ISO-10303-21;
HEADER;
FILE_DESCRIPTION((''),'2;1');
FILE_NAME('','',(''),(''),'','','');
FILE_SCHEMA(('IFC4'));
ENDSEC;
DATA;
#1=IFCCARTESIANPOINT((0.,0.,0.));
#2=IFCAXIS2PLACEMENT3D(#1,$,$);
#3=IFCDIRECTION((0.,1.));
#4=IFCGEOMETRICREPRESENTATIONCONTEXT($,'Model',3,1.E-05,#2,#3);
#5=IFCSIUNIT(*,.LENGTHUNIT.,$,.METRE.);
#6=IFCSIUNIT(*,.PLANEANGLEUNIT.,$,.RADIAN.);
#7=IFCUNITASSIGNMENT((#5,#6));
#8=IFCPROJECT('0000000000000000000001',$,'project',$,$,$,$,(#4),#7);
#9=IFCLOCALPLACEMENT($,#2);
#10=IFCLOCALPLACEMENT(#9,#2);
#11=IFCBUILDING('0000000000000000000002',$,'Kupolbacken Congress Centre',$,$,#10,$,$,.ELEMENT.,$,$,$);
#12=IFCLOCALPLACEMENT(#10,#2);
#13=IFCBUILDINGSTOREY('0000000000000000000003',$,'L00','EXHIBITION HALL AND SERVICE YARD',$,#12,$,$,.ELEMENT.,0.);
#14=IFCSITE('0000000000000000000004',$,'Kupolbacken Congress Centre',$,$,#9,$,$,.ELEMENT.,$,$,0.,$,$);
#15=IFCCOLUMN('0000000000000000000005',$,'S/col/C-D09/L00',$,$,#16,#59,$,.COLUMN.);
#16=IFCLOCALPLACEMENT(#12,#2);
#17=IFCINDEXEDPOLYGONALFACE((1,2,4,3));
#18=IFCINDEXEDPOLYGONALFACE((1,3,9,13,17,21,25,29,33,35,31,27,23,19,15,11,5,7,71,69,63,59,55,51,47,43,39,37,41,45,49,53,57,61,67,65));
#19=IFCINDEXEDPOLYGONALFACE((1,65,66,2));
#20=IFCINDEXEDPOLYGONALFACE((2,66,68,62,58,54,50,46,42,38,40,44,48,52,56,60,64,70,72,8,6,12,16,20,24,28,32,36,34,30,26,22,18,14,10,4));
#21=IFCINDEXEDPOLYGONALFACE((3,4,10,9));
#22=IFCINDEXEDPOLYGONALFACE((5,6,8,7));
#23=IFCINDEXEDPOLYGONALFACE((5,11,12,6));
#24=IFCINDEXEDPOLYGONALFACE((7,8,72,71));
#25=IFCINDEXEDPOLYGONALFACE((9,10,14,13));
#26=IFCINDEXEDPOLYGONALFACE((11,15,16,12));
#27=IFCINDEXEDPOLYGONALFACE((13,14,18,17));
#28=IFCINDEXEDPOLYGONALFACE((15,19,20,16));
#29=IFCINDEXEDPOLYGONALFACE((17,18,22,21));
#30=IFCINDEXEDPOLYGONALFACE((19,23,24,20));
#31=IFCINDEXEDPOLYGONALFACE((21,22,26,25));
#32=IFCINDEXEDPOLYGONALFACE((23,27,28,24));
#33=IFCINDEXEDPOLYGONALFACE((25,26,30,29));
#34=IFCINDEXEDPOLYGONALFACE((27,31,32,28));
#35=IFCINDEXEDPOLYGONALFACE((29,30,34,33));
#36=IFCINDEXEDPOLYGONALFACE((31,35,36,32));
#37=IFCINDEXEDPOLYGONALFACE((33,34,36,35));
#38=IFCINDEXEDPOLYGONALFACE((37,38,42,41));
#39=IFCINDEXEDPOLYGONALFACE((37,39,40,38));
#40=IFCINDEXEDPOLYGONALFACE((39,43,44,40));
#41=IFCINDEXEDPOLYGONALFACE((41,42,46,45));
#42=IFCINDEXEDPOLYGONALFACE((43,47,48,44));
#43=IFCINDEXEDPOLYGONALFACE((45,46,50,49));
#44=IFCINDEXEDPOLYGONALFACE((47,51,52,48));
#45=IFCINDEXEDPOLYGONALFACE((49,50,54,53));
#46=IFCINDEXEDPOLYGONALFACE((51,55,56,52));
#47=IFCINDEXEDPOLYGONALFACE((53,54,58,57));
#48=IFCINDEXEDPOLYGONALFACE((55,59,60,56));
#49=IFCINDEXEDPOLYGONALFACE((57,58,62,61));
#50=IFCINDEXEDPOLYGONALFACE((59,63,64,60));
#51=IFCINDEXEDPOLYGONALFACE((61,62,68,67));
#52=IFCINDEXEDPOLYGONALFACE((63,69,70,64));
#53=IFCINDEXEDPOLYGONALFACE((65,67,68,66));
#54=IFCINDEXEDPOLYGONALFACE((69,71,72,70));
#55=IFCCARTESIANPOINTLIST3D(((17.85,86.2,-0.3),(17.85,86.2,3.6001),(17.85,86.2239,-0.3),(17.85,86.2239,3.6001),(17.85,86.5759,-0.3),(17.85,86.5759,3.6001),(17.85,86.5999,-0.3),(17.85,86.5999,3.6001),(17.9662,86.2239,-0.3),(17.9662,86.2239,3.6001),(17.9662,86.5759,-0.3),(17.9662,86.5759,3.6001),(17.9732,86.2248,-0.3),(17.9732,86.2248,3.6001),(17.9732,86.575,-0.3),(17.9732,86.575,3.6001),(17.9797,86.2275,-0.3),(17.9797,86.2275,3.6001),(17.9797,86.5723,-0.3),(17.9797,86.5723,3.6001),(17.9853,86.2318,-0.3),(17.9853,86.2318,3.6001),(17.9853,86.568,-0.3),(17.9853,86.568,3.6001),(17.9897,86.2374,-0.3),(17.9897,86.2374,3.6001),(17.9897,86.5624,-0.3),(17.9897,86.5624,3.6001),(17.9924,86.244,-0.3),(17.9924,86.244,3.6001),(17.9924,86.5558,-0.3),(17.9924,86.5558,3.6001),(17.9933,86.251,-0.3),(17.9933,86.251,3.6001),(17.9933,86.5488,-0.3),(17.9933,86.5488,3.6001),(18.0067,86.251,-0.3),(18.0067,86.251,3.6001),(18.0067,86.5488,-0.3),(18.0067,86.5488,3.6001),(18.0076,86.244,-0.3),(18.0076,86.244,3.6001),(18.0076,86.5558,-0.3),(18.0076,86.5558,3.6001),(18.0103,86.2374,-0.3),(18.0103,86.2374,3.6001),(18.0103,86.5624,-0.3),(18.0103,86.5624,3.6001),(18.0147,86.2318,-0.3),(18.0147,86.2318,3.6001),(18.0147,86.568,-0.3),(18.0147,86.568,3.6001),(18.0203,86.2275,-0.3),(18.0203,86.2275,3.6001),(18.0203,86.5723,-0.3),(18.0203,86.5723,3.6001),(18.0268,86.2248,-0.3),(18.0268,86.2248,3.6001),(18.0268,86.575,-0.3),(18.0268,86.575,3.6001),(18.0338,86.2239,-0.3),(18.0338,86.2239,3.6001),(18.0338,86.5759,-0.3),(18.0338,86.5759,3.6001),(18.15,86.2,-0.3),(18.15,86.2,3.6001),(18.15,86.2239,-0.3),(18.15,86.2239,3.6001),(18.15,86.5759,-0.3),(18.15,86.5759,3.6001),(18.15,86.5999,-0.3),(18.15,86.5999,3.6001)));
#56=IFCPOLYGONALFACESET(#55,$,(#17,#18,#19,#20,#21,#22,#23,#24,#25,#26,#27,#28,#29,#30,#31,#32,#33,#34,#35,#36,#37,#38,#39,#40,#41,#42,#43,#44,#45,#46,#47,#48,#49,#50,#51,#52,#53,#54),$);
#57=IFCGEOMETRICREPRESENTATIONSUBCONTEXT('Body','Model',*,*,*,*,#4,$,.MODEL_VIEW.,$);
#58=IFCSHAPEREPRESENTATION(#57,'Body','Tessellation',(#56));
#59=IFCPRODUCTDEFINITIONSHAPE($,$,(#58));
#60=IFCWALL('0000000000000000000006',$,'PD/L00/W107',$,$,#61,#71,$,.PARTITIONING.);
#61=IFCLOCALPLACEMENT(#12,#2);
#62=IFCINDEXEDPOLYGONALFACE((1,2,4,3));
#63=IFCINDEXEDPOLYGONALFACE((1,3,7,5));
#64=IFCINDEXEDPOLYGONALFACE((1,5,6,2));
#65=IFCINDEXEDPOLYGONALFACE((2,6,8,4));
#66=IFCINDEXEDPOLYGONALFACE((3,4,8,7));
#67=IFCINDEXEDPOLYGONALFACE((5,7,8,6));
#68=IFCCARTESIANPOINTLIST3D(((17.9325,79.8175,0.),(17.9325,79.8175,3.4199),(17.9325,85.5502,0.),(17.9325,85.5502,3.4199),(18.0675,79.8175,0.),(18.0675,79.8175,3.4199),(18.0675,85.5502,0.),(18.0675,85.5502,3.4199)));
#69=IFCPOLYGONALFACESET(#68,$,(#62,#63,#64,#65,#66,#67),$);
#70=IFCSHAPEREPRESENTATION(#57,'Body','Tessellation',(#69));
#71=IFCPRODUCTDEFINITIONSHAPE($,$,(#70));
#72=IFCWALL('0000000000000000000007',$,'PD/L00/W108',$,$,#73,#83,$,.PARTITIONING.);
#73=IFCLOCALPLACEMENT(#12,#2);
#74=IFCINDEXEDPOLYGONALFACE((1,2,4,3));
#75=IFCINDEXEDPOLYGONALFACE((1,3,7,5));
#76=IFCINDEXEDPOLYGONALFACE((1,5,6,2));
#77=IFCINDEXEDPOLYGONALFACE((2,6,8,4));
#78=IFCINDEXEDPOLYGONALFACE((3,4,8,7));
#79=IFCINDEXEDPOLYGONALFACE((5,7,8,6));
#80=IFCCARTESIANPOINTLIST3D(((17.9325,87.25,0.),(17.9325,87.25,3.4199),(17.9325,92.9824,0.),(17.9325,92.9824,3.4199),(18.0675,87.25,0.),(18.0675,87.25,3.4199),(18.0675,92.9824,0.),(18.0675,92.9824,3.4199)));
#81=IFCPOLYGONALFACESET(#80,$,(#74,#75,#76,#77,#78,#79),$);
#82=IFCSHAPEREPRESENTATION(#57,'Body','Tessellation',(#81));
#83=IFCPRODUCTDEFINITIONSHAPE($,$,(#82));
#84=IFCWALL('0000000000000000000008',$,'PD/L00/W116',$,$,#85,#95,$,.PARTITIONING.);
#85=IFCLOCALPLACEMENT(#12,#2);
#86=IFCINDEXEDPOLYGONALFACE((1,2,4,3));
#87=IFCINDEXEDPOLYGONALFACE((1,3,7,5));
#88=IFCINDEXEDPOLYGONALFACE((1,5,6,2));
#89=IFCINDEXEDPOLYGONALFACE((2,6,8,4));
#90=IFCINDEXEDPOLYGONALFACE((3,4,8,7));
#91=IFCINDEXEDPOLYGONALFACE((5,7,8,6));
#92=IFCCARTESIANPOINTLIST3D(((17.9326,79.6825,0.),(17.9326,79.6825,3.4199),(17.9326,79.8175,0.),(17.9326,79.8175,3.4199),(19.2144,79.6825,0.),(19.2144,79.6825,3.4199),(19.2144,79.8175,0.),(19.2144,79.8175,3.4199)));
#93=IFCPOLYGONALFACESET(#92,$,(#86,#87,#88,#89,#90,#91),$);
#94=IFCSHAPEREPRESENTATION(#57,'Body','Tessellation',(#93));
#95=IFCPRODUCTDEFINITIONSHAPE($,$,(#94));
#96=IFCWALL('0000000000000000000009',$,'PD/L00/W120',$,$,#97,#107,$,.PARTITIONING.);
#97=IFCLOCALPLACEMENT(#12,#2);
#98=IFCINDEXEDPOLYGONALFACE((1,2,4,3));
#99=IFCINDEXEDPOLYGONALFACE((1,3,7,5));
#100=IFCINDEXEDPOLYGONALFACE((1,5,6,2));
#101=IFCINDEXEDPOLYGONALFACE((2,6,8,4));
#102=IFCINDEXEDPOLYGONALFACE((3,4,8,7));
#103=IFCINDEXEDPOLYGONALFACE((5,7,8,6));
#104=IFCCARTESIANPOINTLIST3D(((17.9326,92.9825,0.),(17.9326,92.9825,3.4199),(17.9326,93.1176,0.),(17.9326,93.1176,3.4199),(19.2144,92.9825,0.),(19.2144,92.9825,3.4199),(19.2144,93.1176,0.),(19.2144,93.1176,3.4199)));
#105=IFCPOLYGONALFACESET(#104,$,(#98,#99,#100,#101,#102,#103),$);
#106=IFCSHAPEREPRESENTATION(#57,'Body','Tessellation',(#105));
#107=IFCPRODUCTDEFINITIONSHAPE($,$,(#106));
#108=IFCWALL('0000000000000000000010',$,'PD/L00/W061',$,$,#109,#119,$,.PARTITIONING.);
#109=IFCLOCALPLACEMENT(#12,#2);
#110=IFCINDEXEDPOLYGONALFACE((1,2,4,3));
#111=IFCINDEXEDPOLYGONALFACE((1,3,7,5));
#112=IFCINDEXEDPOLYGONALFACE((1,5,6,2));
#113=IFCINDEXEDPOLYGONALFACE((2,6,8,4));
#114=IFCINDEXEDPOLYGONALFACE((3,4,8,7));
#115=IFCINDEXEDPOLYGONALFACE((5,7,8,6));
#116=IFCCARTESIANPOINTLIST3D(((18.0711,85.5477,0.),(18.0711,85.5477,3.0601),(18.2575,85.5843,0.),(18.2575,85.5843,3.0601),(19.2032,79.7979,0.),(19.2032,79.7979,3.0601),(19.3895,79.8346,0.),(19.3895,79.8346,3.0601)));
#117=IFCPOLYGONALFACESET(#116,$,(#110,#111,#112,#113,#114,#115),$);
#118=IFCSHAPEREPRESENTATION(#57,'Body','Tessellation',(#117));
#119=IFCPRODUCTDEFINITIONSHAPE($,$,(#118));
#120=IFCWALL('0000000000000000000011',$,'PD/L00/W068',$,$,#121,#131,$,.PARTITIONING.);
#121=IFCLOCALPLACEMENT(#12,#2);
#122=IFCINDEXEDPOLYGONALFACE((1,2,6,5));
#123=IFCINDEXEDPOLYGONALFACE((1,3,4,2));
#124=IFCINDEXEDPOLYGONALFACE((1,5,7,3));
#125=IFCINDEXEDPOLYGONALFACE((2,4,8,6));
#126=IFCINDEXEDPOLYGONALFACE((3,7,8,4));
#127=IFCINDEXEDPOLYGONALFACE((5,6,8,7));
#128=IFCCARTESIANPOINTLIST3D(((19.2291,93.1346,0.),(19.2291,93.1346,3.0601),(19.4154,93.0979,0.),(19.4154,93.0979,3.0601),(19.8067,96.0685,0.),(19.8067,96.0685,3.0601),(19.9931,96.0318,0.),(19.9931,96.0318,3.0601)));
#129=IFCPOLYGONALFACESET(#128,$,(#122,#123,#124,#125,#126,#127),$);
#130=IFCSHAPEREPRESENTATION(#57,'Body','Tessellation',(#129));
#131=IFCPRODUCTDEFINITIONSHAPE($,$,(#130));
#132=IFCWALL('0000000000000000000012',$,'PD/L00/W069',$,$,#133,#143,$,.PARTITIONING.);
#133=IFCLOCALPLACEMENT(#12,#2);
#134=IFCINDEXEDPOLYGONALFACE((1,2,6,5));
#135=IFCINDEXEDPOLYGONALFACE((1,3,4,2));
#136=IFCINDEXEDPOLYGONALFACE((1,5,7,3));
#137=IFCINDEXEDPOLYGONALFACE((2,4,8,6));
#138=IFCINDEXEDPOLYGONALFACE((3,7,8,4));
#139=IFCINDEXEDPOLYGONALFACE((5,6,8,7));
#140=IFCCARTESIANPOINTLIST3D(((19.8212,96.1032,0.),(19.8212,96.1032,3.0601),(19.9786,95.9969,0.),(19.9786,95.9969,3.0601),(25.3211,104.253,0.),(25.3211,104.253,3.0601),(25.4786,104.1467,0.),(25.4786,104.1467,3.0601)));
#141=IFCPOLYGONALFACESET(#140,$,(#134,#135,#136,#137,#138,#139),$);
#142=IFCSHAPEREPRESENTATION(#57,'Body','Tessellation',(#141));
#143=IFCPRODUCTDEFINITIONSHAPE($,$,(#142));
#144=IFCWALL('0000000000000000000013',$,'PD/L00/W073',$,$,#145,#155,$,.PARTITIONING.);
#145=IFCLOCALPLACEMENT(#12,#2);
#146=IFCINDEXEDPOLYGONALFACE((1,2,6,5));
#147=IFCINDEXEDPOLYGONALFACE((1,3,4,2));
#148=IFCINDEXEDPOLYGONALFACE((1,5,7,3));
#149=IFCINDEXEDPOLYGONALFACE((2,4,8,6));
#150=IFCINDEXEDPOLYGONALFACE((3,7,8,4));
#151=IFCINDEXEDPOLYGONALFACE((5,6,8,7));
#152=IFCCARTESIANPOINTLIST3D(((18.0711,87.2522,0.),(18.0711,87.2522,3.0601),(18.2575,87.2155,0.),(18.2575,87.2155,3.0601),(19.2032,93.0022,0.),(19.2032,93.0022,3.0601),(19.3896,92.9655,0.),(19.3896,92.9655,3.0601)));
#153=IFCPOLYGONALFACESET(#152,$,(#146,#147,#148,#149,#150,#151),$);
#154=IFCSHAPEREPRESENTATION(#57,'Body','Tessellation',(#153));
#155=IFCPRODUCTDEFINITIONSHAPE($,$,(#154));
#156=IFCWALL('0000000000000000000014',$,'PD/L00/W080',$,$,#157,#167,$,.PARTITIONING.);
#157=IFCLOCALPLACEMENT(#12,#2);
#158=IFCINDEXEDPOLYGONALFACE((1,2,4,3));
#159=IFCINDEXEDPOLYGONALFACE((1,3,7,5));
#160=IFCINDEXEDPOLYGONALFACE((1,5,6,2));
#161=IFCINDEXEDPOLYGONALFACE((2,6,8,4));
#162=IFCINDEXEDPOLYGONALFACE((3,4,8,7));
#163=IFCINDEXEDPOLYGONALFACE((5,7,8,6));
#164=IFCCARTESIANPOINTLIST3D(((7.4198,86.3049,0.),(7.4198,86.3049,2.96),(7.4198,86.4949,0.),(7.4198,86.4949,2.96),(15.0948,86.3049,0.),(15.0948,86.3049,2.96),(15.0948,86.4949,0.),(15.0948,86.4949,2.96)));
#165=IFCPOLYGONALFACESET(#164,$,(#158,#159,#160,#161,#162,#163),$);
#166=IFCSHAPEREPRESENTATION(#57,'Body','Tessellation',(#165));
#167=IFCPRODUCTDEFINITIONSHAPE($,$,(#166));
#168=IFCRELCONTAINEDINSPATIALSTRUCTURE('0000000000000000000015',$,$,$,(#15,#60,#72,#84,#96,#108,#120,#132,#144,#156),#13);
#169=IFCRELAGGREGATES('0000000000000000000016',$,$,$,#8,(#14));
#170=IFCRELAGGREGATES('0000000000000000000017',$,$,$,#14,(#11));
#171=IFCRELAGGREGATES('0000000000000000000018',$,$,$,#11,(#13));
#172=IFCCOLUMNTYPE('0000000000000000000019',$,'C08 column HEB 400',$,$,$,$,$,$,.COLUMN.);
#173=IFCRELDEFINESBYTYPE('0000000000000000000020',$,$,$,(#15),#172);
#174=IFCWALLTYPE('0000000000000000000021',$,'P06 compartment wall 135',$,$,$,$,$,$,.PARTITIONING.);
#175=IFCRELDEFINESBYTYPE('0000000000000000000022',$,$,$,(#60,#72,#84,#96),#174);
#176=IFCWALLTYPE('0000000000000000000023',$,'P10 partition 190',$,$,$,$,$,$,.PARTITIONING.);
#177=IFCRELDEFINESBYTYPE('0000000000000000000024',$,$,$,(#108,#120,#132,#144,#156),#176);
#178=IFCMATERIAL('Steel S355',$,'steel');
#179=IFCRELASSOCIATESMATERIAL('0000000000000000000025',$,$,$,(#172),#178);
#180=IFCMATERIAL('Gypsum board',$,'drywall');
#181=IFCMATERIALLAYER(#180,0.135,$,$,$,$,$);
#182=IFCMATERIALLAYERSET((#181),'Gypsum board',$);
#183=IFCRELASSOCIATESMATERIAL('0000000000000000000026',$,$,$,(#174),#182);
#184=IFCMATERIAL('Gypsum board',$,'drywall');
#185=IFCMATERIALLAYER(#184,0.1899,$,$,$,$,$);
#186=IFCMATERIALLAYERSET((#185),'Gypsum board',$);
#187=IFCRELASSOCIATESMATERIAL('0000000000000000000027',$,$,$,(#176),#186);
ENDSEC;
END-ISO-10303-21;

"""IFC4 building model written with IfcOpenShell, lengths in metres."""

from ifc_helpers import new_model, si_unit, direction, frame, frame_2d, origin, origin_2d, place, context, subcontext, project, spatial, rectangle, i_section, extrude, material, layer, layer_set, material_profile, profile_set, type_object, element, save


model = new_model("IFC4")

# Units and contexts
model_context = context("Model", 3, precision=1e-05, world=origin(), true_north=direction((0.0, 1.0)))
body_context = subcontext(model_context, "Body", "Model", "MODEL_VIEW")
ifc_project = project(units=[si_unit("LENGTHUNIT", "METRE"), si_unit("PLANEANGLEUNIT", "RADIAN")], contexts=[model_context])

# Site, building, storey
site_placement = place(None, origin())
site = spatial("IfcSite", under=ifc_project, at=site_placement, Name="Kupolbacken Congress Centre", CompositionType="ELEMENT", RefElevation=0.0)
building_placement = place(site_placement, origin())
building = spatial("IfcBuilding", under=site, at=building_placement, Name="Kupolbacken Congress Centre", CompositionType="ELEMENT")
storey_placement = place(building_placement, origin())
storey = spatial("IfcBuildingStorey", under=building, at=storey_placement, Name="L00", Description="EXHIBITION HALL AND SERVICE YARD", CompositionType="ELEMENT", Elevation=0.0)

# Column
ifc_material_1 = material(Name="Steel S355", Category="steel")
ifc_material_profile_1 = material_profile(ifc_material_1, i_section(OverallWidth=0.3, OverallDepth=0.3999, WebThickness=0.0134, FlangeThickness=0.0239, FilletRadius=0.0271, at=origin_2d()), Name="HEB 400")
ifc_profile_set_1 = profile_set([ifc_material_profile_1], Name="Steel S355")
column_type_1 = type_object("IfcColumnType", Name="C08 column HEB 400", PredefinedType="COLUMN", material=ifc_profile_set_1)
for number, where, z_axis, x_axis, name in (
    (1, (18.0, 86.3999, -0.3), (0.0, 0.0, 1.0), (-1.0, 0.0, 0.0), "S/col/C-D09/L00"),
):
    element("IfcColumn", number, at=place(storey_placement, frame(where, z_axis=z_axis, x_axis=x_axis)), inside=storey, type_object=column_type_1, Name=name, PredefinedType="COLUMN", context=body_context, shape_type="SweptSolid", body=[
        extrude(i_section(OverallWidth=0.3, OverallDepth=0.3999, WebThickness=0.0134, FlangeThickness=0.0239, FilletRadius=0.0271, at=origin_2d()), origin(), (0.0, 0.0, 1.0), 3.9001),
    ])

# Walls
ifc_material_2 = material(Name="Gypsum board", Category="drywall")
ifc_layer_1 = layer(ifc_material_2, 0.135)
ifc_layer_set_1 = layer_set([ifc_layer_1], Name="Gypsum board")
wall_type_1 = type_object("IfcWallType", Name="P06 compartment wall 135", PredefinedType="PARTITIONING", material=ifc_layer_set_1)
wall_1_placement = place(storey_placement, frame((18.0, 85.55, 0.0), z_axis=(0.0, 0.0, 1.0), x_axis=(0.0, -1.0, 0.0)))
element("IfcWall", 2, at=wall_1_placement, inside=storey, type_object=wall_type_1, Name="PD/L00/W107", PredefinedType="PARTITIONING", context=body_context, shape_type="SweptSolid", body=[
    extrude(rectangle(XDim=5.7327, YDim=0.135, at=frame_2d((2.8662, 0.0))), origin(), (0.0, 0.0, 1.0), 3.4199),
])
wall_2_placement = place(storey_placement, frame((18.0, 92.9824, 0.0), z_axis=(0.0, 0.0, 1.0), x_axis=(0.0, -1.0, 0.0)))
element("IfcWall", 3, at=wall_2_placement, inside=storey, type_object=wall_type_1, Name="PD/L00/W108", PredefinedType="PARTITIONING", context=body_context, shape_type="SweptSolid", body=[
    extrude(rectangle(XDim=5.7324, YDim=0.135, at=frame_2d((2.8662, 0.0))), origin(), (0.0, 0.0, 1.0), 3.4199),
])
for number, where, z_axis, x_axis, name in (
    (4, (17.9326, 79.75, 0.0), (0.0, 0.0, 1.0), (1.0, 0.0, 0.0), "PD/L00/W116"),
    (5, (19.2144, 93.05, 0.0), (0.0, 0.0, 1.0), (-1.0, 0.0, 0.0), "PD/L00/W120"),
):
    element("IfcWall", number, at=place(storey_placement, frame(where, z_axis=z_axis, x_axis=x_axis)), inside=storey, type_object=wall_type_1, Name=name, PredefinedType="PARTITIONING", context=body_context, shape_type="SweptSolid", body=[
        extrude(rectangle(XDim=1.2817, YDim=0.135, at=frame_2d((0.6409, 0.0))), origin(), (0.0, 0.0, 1.0), 3.4199),
    ])
ifc_material_3 = material(Name="Gypsum board", Category="drywall")
ifc_layer_2 = layer(ifc_material_3, 0.1899)
ifc_layer_set_2 = layer_set([ifc_layer_2], Name="Gypsum board")
wall_type_2 = type_object("IfcWallType", Name="P10 partition 190", PredefinedType="PARTITIONING", material=ifc_layer_set_2)
wall_3_placement = place(storey_placement, frame((19.2964, 79.8162, 0.0), z_axis=(0.0, 0.0, 1.0), x_axis=(-0.193183, 0.981163, 0.0)))
element("IfcWall", 6, at=wall_3_placement, inside=storey, type_object=wall_type_2, Name="PD/L00/W061", PredefinedType="PARTITIONING", context=body_context, shape_type="SweptSolid", body=[
    extrude(rectangle(XDim=5.8601, YDim=0.1899, at=frame_2d((2.9302, 0.0))), origin(), (0.0, 0.0, 1.0), 3.0601),
])
wall_4_placement = place(storey_placement, frame((19.3223, 93.1162, 0.0), z_axis=(0.0, 0.0, 1.0), x_axis=(0.193179, 0.981164, 0.0)))
element("IfcWall", 7, at=wall_4_placement, inside=storey, type_object=wall_type_2, Name="PD/L00/W068", PredefinedType="PARTITIONING", context=body_context, shape_type="SweptSolid", body=[
    extrude(rectangle(XDim=2.9902, YDim=0.1899, at=frame_2d((1.4951, 0.0))), origin(), (0.0, 0.0, 1.0), 3.0601),
])
wall_5_placement = place(storey_placement, frame((19.8999, 96.05, 0.0), z_axis=(0.0, 0.0, 1.0), x_axis=(0.55939, 0.828905, 0.0)))
element("IfcWall", 8, at=wall_5_placement, inside=storey, type_object=wall_type_2, Name="PD/L00/W069", PredefinedType="PARTITIONING", context=body_context, shape_type="SweptSolid", body=[
    extrude(rectangle(XDim=9.832, YDim=0.1899, at=frame_2d((4.916, 0.0))), origin(), (0.0, 0.0, 1.0), 3.0601),
])
wall_6_placement = place(storey_placement, frame((18.1643, 87.2339, 0.0), z_axis=(0.0, 0.0, 1.0), x_axis=(0.193175, 0.981164, 0.0)))
element("IfcWall", 9, at=wall_6_placement, inside=storey, type_object=wall_type_2, Name="PD/L00/W073", PredefinedType="PARTITIONING", context=body_context, shape_type="SweptSolid", body=[
    extrude(rectangle(XDim=5.8604, YDim=0.1899, at=frame_2d((2.9302, 0.0))), origin(), (0.0, 0.0, 1.0), 3.0601),
])
wall_7_placement = place(storey_placement, frame((7.4199, 86.3999, 0.0), z_axis=(0.0, 0.0, 1.0), x_axis=(1.0, 0.0, 0.0)))
element("IfcWall", 10, at=wall_7_placement, inside=storey, type_object=wall_type_2, Name="PD/L00/W080", PredefinedType="PARTITIONING", context=body_context, shape_type="SweptSolid", body=[
    extrude(rectangle(XDim=7.675, YDim=0.1899, at=frame_2d((3.8374, 0.0))), origin(), (0.0, 0.0, 1.0), 2.96),
])

save(model, "model.ifc")
